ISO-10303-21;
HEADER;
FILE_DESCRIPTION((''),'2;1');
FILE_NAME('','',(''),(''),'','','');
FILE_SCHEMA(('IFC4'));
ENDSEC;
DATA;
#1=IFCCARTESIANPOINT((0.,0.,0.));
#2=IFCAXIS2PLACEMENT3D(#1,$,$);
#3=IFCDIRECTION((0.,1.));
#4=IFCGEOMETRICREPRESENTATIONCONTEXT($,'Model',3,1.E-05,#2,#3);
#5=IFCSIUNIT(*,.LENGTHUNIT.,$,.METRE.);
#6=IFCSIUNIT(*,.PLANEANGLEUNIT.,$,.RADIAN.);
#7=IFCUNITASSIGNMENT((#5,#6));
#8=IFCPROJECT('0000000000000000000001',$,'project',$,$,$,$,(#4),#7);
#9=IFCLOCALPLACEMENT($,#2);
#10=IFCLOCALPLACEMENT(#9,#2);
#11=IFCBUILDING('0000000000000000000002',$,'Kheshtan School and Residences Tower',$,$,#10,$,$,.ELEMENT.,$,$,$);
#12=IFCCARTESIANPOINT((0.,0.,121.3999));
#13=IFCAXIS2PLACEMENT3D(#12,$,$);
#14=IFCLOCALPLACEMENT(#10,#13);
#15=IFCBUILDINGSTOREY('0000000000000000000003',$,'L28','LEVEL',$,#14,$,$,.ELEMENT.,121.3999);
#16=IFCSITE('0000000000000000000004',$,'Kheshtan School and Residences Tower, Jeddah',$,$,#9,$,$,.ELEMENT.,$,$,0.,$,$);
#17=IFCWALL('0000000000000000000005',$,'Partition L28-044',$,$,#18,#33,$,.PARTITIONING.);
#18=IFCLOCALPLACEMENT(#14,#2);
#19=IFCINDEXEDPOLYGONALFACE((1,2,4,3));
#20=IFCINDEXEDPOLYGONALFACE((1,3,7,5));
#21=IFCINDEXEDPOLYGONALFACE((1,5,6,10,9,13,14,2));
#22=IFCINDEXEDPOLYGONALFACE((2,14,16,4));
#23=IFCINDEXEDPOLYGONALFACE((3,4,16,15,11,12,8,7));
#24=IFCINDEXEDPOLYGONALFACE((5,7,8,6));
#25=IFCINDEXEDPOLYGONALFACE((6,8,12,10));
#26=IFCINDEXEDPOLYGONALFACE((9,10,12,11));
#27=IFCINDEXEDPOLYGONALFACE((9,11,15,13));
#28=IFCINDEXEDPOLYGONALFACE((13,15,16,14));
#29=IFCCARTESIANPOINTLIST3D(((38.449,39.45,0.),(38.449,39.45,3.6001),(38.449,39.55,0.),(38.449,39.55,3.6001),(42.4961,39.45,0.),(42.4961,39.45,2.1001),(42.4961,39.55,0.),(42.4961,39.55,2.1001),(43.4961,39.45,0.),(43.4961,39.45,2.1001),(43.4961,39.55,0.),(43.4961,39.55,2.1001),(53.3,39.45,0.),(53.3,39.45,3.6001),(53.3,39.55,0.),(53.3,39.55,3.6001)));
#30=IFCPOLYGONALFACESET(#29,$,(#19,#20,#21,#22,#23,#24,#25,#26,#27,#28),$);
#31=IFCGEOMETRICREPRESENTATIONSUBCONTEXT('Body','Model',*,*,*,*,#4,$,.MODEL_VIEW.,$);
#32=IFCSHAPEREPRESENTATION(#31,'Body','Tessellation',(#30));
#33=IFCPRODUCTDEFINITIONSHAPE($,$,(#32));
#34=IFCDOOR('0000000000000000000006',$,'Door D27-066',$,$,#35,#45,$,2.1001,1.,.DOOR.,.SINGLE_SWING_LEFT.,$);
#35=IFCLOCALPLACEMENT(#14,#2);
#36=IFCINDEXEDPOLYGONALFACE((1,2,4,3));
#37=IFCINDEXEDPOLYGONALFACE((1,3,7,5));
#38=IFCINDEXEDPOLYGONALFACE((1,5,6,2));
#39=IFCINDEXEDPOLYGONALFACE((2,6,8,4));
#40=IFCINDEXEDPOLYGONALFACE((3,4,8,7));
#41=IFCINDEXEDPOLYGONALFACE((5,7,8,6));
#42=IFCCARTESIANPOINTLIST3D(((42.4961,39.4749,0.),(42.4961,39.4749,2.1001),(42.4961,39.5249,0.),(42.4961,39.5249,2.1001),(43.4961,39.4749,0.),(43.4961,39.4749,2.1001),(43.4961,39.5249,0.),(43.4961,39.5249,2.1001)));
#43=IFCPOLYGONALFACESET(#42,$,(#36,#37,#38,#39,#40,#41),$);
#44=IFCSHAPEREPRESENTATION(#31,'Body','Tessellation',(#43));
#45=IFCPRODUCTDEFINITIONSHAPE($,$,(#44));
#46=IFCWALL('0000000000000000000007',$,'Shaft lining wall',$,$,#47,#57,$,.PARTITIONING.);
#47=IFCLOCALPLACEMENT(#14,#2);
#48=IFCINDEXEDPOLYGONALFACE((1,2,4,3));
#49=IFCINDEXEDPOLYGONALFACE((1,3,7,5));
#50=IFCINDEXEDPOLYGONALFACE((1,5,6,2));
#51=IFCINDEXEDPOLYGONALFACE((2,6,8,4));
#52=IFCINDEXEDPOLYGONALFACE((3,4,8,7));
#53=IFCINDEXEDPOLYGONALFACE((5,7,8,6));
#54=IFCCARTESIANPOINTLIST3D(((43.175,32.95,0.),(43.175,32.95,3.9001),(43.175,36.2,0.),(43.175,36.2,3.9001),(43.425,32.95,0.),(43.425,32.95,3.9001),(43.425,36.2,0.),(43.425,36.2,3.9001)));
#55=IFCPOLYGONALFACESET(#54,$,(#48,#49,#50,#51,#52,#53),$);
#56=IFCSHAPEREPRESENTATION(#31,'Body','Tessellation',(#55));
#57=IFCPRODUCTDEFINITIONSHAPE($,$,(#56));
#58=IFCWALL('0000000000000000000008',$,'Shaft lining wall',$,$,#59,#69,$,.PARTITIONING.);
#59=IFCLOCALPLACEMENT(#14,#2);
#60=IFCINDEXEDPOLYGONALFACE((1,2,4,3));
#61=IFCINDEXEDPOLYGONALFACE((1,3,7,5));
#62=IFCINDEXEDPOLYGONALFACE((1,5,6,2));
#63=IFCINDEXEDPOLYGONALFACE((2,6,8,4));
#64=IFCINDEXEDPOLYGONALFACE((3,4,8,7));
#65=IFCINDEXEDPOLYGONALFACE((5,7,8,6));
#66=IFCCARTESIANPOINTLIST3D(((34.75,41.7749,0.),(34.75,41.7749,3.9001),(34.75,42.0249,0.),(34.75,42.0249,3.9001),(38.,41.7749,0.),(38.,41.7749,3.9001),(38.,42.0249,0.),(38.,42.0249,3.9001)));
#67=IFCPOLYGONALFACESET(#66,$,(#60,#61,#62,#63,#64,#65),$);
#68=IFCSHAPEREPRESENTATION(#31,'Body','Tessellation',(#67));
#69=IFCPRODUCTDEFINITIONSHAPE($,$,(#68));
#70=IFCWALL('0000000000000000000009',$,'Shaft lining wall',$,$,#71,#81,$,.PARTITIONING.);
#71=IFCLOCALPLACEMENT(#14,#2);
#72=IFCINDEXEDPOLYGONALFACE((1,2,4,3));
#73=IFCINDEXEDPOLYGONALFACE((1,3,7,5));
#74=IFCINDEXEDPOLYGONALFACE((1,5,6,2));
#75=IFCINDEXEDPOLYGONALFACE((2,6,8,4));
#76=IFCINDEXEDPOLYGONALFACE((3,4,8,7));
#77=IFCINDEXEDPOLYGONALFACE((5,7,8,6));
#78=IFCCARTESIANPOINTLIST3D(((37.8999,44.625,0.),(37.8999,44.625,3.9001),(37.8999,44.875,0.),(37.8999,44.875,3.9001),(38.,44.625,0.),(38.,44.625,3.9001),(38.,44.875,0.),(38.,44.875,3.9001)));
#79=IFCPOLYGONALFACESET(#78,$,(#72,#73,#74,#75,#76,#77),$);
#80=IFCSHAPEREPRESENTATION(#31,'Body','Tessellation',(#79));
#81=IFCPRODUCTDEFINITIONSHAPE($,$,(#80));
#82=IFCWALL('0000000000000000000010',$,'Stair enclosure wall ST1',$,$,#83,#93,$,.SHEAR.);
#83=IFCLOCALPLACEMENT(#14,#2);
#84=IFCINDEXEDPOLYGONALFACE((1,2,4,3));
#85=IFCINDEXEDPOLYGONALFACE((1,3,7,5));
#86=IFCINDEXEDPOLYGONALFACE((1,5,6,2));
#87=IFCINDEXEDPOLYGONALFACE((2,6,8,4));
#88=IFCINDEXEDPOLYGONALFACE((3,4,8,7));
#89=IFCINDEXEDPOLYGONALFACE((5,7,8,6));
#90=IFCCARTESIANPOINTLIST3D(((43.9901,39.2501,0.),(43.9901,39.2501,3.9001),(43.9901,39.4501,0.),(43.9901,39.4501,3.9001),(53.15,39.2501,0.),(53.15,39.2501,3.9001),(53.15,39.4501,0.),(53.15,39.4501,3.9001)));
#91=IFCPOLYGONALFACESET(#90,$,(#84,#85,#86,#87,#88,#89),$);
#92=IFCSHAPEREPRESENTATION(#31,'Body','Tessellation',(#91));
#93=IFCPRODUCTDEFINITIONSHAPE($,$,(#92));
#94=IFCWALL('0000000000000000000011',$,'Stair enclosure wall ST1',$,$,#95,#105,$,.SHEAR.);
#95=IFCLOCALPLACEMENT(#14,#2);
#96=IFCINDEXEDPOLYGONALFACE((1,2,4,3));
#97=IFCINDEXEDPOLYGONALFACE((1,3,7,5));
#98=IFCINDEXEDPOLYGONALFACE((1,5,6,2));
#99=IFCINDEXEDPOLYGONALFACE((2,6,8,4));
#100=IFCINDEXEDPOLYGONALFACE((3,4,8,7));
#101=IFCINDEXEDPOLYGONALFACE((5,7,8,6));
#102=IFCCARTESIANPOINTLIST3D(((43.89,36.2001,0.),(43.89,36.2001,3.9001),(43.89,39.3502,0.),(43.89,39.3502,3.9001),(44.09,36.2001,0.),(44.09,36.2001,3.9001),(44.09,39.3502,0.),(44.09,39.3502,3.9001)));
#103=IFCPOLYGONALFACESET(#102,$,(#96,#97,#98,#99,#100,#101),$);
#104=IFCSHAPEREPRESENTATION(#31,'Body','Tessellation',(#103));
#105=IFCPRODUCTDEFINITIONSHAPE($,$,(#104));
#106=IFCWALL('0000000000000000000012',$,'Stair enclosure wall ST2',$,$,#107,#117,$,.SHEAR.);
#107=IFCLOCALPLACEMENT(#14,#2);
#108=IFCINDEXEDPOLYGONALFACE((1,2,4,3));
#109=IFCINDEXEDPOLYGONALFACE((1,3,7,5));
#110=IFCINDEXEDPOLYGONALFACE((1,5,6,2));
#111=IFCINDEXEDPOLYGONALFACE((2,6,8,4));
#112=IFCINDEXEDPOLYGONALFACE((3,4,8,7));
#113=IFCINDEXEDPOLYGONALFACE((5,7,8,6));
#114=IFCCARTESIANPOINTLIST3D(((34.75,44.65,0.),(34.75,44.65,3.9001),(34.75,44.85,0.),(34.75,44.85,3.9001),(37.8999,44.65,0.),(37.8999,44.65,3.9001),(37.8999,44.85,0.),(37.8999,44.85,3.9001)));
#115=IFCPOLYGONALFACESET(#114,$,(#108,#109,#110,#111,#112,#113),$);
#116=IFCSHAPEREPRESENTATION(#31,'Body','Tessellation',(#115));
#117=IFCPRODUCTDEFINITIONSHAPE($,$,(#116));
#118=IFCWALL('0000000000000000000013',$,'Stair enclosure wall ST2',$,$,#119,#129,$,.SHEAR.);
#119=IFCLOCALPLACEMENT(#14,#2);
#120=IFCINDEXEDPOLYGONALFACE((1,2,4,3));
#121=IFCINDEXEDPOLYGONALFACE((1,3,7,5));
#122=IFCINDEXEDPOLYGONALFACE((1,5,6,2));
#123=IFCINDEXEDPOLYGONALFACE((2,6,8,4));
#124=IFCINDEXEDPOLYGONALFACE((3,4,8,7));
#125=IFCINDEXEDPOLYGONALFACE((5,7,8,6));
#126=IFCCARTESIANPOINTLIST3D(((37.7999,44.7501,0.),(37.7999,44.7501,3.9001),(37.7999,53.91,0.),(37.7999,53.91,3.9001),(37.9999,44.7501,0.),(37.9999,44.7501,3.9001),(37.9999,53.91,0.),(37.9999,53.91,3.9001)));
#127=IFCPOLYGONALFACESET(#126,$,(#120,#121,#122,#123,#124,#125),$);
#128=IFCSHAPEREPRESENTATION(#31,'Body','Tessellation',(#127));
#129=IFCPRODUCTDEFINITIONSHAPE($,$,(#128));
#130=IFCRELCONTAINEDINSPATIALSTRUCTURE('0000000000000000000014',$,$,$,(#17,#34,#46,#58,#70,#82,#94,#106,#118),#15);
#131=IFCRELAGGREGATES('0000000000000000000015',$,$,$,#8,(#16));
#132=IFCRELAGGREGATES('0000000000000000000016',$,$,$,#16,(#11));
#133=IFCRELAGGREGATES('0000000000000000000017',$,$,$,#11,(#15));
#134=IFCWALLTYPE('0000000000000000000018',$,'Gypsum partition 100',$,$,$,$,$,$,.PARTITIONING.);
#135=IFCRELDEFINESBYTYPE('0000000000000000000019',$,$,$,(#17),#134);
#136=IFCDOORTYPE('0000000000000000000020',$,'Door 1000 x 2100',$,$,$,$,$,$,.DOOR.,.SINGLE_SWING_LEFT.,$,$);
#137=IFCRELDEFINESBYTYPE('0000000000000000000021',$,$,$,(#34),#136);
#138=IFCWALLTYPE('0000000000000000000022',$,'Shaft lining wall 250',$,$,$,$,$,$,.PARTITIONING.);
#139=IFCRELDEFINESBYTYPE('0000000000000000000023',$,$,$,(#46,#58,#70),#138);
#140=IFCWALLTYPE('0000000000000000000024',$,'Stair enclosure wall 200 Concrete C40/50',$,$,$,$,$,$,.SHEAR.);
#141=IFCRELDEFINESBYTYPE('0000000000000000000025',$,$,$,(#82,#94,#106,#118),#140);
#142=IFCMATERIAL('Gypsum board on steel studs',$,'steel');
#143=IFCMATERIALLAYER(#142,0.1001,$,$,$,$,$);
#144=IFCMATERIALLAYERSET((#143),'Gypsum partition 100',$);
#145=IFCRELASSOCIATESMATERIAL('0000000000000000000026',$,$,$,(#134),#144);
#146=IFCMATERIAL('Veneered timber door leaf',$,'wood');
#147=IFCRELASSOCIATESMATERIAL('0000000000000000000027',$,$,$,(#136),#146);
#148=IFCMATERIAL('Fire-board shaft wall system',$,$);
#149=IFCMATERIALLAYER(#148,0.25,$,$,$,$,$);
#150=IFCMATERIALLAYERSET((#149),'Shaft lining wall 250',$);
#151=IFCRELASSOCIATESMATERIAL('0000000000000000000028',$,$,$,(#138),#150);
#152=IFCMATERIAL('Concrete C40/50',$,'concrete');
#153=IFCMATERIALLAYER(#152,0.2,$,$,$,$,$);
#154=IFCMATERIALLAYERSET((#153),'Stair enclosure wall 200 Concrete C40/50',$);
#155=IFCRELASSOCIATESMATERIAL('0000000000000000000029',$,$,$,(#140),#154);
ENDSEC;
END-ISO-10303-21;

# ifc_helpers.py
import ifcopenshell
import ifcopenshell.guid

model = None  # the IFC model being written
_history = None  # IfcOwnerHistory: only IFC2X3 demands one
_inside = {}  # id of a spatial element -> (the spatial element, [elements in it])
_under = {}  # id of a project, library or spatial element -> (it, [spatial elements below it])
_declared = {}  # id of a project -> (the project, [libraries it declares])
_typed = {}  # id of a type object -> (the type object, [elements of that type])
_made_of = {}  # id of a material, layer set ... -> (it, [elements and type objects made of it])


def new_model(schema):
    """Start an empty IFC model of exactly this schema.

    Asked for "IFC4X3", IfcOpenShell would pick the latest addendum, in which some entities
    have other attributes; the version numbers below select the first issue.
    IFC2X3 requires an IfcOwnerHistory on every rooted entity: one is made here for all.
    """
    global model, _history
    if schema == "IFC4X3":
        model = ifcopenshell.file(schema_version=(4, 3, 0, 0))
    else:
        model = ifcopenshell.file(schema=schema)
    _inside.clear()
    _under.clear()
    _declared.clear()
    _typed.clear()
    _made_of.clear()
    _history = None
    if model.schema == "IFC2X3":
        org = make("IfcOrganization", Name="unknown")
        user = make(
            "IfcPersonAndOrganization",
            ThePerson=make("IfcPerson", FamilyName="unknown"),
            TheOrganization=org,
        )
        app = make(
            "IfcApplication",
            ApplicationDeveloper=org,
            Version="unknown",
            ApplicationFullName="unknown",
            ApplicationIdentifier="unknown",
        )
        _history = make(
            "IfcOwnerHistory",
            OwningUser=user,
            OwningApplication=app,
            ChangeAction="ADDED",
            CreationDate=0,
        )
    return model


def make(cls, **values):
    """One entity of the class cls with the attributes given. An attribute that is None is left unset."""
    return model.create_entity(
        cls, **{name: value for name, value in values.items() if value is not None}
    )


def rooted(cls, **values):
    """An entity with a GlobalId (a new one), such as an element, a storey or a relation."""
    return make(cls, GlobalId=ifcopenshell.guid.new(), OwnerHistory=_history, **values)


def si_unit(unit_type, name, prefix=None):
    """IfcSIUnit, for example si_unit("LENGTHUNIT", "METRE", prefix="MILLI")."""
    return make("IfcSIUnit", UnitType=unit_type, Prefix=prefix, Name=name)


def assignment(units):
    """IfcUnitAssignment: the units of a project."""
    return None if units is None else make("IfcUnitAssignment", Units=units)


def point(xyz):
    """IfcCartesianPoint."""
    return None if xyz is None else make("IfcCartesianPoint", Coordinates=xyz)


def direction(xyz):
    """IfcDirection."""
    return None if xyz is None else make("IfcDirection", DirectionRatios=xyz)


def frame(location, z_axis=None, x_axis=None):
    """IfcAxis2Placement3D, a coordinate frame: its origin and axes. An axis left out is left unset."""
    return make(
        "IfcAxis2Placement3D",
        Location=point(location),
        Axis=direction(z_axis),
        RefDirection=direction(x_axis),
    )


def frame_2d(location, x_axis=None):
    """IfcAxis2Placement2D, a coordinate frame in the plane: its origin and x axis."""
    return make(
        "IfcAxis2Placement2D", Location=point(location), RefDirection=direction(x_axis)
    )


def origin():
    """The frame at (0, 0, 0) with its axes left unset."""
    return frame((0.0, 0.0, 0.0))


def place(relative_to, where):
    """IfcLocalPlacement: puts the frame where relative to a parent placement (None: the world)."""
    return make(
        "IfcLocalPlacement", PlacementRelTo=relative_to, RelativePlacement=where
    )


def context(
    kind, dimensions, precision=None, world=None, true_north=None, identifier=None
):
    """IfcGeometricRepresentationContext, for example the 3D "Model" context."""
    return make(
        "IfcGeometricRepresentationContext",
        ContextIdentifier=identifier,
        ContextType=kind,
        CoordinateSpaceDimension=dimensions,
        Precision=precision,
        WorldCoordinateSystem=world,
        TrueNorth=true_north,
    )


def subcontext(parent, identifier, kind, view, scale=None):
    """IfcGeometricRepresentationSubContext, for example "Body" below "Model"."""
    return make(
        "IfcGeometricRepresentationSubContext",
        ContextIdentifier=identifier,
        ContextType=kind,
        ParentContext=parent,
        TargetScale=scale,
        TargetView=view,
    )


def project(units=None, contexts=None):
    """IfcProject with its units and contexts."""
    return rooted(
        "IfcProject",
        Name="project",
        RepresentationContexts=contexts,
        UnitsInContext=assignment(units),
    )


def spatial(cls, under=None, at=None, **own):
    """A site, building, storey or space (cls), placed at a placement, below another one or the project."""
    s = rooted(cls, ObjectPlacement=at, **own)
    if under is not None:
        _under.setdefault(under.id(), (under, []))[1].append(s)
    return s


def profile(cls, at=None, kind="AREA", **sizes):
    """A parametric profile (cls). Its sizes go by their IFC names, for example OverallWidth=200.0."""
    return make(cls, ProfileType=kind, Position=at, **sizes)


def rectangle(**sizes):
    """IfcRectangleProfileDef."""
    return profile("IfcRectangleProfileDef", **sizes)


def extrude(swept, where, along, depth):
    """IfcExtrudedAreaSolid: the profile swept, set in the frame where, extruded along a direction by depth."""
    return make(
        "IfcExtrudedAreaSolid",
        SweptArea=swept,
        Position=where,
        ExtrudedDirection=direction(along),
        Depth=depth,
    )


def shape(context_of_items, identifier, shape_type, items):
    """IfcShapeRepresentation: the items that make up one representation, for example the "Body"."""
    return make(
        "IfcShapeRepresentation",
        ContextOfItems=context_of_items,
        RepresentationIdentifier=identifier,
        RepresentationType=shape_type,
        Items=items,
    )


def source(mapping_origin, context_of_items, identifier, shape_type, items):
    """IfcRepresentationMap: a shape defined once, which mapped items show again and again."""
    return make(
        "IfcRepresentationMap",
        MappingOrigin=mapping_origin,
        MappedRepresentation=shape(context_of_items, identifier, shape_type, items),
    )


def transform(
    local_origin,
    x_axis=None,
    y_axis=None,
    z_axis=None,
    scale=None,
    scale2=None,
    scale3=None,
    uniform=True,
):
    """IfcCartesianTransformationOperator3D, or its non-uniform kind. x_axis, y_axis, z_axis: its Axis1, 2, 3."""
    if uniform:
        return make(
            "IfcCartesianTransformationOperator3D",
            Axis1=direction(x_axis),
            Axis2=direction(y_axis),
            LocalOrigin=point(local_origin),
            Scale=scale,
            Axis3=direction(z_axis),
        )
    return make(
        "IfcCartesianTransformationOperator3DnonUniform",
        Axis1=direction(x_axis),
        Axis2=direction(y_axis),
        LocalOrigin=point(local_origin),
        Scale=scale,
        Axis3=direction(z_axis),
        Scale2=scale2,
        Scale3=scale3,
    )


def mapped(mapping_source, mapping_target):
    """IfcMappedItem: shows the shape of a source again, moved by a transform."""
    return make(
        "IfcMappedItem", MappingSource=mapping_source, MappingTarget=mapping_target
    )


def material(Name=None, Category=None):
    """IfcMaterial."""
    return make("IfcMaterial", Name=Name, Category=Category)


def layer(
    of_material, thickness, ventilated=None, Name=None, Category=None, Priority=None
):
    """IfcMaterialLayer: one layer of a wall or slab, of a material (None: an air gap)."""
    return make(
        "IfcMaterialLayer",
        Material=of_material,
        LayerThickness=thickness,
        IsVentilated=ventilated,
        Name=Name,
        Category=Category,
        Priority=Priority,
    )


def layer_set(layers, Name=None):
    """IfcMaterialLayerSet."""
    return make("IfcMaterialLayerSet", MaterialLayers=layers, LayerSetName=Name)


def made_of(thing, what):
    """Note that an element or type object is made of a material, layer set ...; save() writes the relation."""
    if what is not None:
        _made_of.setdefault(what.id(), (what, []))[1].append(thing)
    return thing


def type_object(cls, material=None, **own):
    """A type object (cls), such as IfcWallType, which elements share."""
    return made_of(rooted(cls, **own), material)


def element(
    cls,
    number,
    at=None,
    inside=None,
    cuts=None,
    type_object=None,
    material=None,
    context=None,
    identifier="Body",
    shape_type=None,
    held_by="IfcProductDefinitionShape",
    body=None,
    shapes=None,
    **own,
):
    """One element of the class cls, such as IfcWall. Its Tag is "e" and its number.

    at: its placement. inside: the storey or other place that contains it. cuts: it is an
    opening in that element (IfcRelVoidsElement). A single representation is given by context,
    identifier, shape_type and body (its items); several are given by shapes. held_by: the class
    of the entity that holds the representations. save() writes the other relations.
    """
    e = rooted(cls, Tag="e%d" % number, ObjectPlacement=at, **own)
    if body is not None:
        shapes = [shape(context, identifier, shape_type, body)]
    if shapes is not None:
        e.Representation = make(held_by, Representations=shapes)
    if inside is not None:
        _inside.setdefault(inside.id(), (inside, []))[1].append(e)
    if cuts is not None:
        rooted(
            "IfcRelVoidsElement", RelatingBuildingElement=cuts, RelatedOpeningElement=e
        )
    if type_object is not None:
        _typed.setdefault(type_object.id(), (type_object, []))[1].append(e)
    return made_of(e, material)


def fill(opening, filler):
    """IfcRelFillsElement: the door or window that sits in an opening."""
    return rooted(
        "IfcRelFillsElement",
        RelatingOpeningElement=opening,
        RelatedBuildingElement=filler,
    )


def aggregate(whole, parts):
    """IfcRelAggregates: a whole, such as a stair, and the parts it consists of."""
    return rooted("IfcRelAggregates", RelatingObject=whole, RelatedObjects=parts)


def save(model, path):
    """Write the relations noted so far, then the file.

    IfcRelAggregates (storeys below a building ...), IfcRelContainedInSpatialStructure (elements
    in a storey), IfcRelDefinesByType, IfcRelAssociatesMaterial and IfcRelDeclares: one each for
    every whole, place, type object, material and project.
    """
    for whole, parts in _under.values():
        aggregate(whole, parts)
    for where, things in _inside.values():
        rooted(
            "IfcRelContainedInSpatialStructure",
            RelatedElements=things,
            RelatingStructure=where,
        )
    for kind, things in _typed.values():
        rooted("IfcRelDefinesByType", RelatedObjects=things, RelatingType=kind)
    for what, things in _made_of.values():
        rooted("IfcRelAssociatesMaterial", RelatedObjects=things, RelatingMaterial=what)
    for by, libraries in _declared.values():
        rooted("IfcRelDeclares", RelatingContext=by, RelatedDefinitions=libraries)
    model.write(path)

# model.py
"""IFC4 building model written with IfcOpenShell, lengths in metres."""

from ifc_helpers import new_model, si_unit, direction, frame, frame_2d, origin, place, context, subcontext, project, spatial, rectangle, extrude, source, transform, mapped, material, layer, layer_set, type_object, element, fill, save


model = new_model("IFC4")

# Units and contexts
model_context = context("Model", 3, precision=1e-05, world=origin(), true_north=direction((0.0, 1.0)))
body_context = subcontext(model_context, "Body", "Model", "MODEL_VIEW")
ifc_project = project(units=[si_unit("LENGTHUNIT", "METRE"), si_unit("PLANEANGLEUNIT", "RADIAN")], contexts=[model_context])

# Site, building, storey
site_placement = place(None, origin())
site = spatial("IfcSite", under=ifc_project, at=site_placement, Name="Kheshtan School and Residences Tower, Jeddah", CompositionType="ELEMENT", RefElevation=0.0)
building_placement = place(site_placement, origin())
building = spatial("IfcBuilding", under=site, at=building_placement, Name="Kheshtan School and Residences Tower", CompositionType="ELEMENT")
storey_placement = place(building_placement, frame((0.0, 0.0, 121.3999)))
storey = spatial("IfcBuildingStorey", under=building, at=storey_placement, Name="L28", Description="LEVEL", CompositionType="ELEMENT", Elevation=121.3999)

# Wall, opening, door
ifc_material_1 = material(Name="Gypsum board on steel studs", Category="steel")
ifc_layer_1 = layer(ifc_material_1, 0.1001)
ifc_layer_set_1 = layer_set([ifc_layer_1], Name="Gypsum partition 100")
wall_type_1 = type_object("IfcWallType", Name="Gypsum partition 100", PredefinedType="PARTITIONING", material=ifc_layer_set_1)
wall_1_placement = place(storey_placement, frame((38.449, 39.5, 0.0), z_axis=(0.0, 0.0, 1.0), x_axis=(1.0, 0.0, 0.0)))
wall_1 = element("IfcWall", 1, at=wall_1_placement, inside=storey, type_object=wall_type_1, Name="Partition L28-044", PredefinedType="PARTITIONING", context=body_context, shape_type="SweptSolid", body=[
    extrude(rectangle(XDim=14.8511, YDim=0.1001, at=frame_2d((7.4255, 0.0))), origin(), (0.0, 0.0, 1.0), 3.6001),
])
opening_1_placement = place(wall_1_placement, frame((4.0471, 0.0, 0.0)))
opening_1 = element("IfcOpeningElement", 2, at=opening_1_placement, cuts=wall_1, PredefinedType="OPENING", context=body_context, shape_type="SweptSolid", body=[
    extrude(rectangle(XDim=1.0, YDim=2.1001, at=frame_2d((0.5, 1.05))), frame((0.0, 0.0601, 0.0), z_axis=(0.0, -1.0, 0.0), x_axis=(1.0, 0.0, 0.0)), (0.0, 0.0, 1.0), 0.1201),
])
ifc_material_2 = material(Name="Veneered timber door leaf", Category="wood")
door_type_1 = type_object("IfcDoorType", Name="Door 1000 x 2100", OperationType="SINGLE_SWING_LEFT", PredefinedType="DOOR", material=ifc_material_2)
shared_shape_1 = source(origin(), body_context, "Body", "SweptSolid", [
    extrude(rectangle(XDim=1.0, YDim=2.1001, at=frame_2d((0.5, 1.05))), frame((0.0, 0.0249, 0.0), z_axis=(0.0, -1.0, 0.0), x_axis=(1.0, 0.0, 0.0)), (0.0, 0.0, 1.0), 0.05),
])
door_1_placement = place(opening_1_placement, origin())
door_1 = element("IfcDoor", 3, at=door_1_placement, inside=storey, type_object=door_type_1, Name="Door D27-066", OperationType="SINGLE_SWING_LEFT", OverallHeight=2.1001, OverallWidth=1.0, PredefinedType="DOOR", context=body_context, shape_type="MappedRepresentation", body=[
    mapped(shared_shape_1, transform((0.0, 0.0, 0.0), x_axis=(1.0, 0.0, 0.0), y_axis=(0.0, 1.0, 0.0), z_axis=(0.0, 0.0, 1.0), scale=1.0)),
])
fill(opening_1, door_1)

# Walls
ifc_material_3 = material(Name="Fire-board shaft wall system")
ifc_layer_2 = layer(ifc_material_3, 0.25)
ifc_layer_set_2 = layer_set([ifc_layer_2], Name="Shaft lining wall 250")
wall_type_2 = type_object("IfcWallType", Name="Shaft lining wall 250", PredefinedType="PARTITIONING", material=ifc_layer_set_2)
for number, where, z_axis, x_axis, name in (
    (4, (43.3, 32.95, 0.0), (0.0, 0.0, 1.0), (0.0, 1.0, 0.0), "Shaft lining wall"),
    (5, (34.75, 41.8999, 0.0), (0.0, 0.0, 1.0), (1.0, 0.0, 0.0), "Shaft lining wall"),
):
    element("IfcWall", number, at=place(storey_placement, frame(where, z_axis=z_axis, x_axis=x_axis)), inside=storey, type_object=wall_type_2, Name=name, PredefinedType="PARTITIONING", context=body_context, shape_type="SweptSolid", body=[
        extrude(rectangle(XDim=3.25, YDim=0.25, at=frame_2d((1.625, 0.0))), origin(), (0.0, 0.0, 1.0), 3.9001),
    ])
wall_2_placement = place(storey_placement, frame((37.8999, 44.75, 0.0), z_axis=(0.0, 0.0, 1.0), x_axis=(1.0, 0.0, 0.0)))
element("IfcWall", 6, at=wall_2_placement, inside=storey, type_object=wall_type_2, Name="Shaft lining wall", PredefinedType="PARTITIONING", context=body_context, shape_type="SweptSolid", body=[
    extrude(rectangle(XDim=0.1001, YDim=0.25, at=frame_2d((0.05, 0.0))), origin(), (0.0, 0.0, 1.0), 3.9001),
])
ifc_material_4 = material(Name="Concrete C40/50", Category="concrete")
ifc_layer_3 = layer(ifc_material_4, 0.2)
ifc_layer_set_3 = layer_set([ifc_layer_3], Name="Stair enclosure wall 200 Concrete C40/50")
wall_type_3 = type_object("IfcWallType", Name="Stair enclosure wall 200 Concrete C40/50", PredefinedType="SHEAR", material=ifc_layer_set_3)
wall_3_placement = place(storey_placement, frame((43.99, 39.3501, 0.0), z_axis=(0.0, 0.0, 1.0), x_axis=(1.0, 0.0, 0.0)))
element("IfcWall", 7, at=wall_3_placement, inside=storey, type_object=wall_type_3, Name="Stair enclosure wall ST1", PredefinedType="SHEAR", context=body_context, shape_type="SweptSolid", body=[
    extrude(rectangle(XDim=9.1599, YDim=0.2, at=frame_2d((4.5801, 0.0))), origin(), (0.0, 0.0, 1.0), 3.9001),
])
wall_4_placement = place(storey_placement, frame((43.99, 36.2, 0.0), z_axis=(0.0, 0.0, 1.0), x_axis=(0.0, 1.0, 0.0)))
element("IfcWall", 8, at=wall_4_placement, inside=storey, type_object=wall_type_3, Name="Stair enclosure wall ST1", PredefinedType="SHEAR", context=body_context, shape_type="SweptSolid", body=[
    extrude(rectangle(XDim=3.1501, YDim=0.2, at=frame_2d((1.5752, 0.0))), origin(), (0.0, 0.0, 1.0), 3.9001),
])
wall_5_placement = place(storey_placement, frame((34.75, 44.75, 0.0), z_axis=(0.0, 0.0, 1.0), x_axis=(1.0, 0.0, 0.0)))
element("IfcWall", 9, at=wall_5_placement, inside=storey, type_object=wall_type_3, Name="Stair enclosure wall ST2", PredefinedType="SHEAR", context=body_context, shape_type="SweptSolid", body=[
    extrude(rectangle(XDim=3.1499, YDim=0.2, at=frame_2d((1.575, 0.0))), origin(), (0.0, 0.0, 1.0), 3.9001),
])
wall_6_placement = place(storey_placement, frame((37.8999, 44.75, 0.0), z_axis=(0.0, 0.0, 1.0), x_axis=(0.0, 1.0, 0.0)))
element("IfcWall", 10, at=wall_6_placement, inside=storey, type_object=wall_type_3, Name="Stair enclosure wall ST2", PredefinedType="SHEAR", context=body_context, shape_type="SweptSolid", body=[
    extrude(rectangle(XDim=9.1599, YDim=0.2, at=frame_2d((4.5801, 0.0))), origin(), (0.0, 0.0, 1.0), 3.9001),
])

save(model, "model.ifc")
